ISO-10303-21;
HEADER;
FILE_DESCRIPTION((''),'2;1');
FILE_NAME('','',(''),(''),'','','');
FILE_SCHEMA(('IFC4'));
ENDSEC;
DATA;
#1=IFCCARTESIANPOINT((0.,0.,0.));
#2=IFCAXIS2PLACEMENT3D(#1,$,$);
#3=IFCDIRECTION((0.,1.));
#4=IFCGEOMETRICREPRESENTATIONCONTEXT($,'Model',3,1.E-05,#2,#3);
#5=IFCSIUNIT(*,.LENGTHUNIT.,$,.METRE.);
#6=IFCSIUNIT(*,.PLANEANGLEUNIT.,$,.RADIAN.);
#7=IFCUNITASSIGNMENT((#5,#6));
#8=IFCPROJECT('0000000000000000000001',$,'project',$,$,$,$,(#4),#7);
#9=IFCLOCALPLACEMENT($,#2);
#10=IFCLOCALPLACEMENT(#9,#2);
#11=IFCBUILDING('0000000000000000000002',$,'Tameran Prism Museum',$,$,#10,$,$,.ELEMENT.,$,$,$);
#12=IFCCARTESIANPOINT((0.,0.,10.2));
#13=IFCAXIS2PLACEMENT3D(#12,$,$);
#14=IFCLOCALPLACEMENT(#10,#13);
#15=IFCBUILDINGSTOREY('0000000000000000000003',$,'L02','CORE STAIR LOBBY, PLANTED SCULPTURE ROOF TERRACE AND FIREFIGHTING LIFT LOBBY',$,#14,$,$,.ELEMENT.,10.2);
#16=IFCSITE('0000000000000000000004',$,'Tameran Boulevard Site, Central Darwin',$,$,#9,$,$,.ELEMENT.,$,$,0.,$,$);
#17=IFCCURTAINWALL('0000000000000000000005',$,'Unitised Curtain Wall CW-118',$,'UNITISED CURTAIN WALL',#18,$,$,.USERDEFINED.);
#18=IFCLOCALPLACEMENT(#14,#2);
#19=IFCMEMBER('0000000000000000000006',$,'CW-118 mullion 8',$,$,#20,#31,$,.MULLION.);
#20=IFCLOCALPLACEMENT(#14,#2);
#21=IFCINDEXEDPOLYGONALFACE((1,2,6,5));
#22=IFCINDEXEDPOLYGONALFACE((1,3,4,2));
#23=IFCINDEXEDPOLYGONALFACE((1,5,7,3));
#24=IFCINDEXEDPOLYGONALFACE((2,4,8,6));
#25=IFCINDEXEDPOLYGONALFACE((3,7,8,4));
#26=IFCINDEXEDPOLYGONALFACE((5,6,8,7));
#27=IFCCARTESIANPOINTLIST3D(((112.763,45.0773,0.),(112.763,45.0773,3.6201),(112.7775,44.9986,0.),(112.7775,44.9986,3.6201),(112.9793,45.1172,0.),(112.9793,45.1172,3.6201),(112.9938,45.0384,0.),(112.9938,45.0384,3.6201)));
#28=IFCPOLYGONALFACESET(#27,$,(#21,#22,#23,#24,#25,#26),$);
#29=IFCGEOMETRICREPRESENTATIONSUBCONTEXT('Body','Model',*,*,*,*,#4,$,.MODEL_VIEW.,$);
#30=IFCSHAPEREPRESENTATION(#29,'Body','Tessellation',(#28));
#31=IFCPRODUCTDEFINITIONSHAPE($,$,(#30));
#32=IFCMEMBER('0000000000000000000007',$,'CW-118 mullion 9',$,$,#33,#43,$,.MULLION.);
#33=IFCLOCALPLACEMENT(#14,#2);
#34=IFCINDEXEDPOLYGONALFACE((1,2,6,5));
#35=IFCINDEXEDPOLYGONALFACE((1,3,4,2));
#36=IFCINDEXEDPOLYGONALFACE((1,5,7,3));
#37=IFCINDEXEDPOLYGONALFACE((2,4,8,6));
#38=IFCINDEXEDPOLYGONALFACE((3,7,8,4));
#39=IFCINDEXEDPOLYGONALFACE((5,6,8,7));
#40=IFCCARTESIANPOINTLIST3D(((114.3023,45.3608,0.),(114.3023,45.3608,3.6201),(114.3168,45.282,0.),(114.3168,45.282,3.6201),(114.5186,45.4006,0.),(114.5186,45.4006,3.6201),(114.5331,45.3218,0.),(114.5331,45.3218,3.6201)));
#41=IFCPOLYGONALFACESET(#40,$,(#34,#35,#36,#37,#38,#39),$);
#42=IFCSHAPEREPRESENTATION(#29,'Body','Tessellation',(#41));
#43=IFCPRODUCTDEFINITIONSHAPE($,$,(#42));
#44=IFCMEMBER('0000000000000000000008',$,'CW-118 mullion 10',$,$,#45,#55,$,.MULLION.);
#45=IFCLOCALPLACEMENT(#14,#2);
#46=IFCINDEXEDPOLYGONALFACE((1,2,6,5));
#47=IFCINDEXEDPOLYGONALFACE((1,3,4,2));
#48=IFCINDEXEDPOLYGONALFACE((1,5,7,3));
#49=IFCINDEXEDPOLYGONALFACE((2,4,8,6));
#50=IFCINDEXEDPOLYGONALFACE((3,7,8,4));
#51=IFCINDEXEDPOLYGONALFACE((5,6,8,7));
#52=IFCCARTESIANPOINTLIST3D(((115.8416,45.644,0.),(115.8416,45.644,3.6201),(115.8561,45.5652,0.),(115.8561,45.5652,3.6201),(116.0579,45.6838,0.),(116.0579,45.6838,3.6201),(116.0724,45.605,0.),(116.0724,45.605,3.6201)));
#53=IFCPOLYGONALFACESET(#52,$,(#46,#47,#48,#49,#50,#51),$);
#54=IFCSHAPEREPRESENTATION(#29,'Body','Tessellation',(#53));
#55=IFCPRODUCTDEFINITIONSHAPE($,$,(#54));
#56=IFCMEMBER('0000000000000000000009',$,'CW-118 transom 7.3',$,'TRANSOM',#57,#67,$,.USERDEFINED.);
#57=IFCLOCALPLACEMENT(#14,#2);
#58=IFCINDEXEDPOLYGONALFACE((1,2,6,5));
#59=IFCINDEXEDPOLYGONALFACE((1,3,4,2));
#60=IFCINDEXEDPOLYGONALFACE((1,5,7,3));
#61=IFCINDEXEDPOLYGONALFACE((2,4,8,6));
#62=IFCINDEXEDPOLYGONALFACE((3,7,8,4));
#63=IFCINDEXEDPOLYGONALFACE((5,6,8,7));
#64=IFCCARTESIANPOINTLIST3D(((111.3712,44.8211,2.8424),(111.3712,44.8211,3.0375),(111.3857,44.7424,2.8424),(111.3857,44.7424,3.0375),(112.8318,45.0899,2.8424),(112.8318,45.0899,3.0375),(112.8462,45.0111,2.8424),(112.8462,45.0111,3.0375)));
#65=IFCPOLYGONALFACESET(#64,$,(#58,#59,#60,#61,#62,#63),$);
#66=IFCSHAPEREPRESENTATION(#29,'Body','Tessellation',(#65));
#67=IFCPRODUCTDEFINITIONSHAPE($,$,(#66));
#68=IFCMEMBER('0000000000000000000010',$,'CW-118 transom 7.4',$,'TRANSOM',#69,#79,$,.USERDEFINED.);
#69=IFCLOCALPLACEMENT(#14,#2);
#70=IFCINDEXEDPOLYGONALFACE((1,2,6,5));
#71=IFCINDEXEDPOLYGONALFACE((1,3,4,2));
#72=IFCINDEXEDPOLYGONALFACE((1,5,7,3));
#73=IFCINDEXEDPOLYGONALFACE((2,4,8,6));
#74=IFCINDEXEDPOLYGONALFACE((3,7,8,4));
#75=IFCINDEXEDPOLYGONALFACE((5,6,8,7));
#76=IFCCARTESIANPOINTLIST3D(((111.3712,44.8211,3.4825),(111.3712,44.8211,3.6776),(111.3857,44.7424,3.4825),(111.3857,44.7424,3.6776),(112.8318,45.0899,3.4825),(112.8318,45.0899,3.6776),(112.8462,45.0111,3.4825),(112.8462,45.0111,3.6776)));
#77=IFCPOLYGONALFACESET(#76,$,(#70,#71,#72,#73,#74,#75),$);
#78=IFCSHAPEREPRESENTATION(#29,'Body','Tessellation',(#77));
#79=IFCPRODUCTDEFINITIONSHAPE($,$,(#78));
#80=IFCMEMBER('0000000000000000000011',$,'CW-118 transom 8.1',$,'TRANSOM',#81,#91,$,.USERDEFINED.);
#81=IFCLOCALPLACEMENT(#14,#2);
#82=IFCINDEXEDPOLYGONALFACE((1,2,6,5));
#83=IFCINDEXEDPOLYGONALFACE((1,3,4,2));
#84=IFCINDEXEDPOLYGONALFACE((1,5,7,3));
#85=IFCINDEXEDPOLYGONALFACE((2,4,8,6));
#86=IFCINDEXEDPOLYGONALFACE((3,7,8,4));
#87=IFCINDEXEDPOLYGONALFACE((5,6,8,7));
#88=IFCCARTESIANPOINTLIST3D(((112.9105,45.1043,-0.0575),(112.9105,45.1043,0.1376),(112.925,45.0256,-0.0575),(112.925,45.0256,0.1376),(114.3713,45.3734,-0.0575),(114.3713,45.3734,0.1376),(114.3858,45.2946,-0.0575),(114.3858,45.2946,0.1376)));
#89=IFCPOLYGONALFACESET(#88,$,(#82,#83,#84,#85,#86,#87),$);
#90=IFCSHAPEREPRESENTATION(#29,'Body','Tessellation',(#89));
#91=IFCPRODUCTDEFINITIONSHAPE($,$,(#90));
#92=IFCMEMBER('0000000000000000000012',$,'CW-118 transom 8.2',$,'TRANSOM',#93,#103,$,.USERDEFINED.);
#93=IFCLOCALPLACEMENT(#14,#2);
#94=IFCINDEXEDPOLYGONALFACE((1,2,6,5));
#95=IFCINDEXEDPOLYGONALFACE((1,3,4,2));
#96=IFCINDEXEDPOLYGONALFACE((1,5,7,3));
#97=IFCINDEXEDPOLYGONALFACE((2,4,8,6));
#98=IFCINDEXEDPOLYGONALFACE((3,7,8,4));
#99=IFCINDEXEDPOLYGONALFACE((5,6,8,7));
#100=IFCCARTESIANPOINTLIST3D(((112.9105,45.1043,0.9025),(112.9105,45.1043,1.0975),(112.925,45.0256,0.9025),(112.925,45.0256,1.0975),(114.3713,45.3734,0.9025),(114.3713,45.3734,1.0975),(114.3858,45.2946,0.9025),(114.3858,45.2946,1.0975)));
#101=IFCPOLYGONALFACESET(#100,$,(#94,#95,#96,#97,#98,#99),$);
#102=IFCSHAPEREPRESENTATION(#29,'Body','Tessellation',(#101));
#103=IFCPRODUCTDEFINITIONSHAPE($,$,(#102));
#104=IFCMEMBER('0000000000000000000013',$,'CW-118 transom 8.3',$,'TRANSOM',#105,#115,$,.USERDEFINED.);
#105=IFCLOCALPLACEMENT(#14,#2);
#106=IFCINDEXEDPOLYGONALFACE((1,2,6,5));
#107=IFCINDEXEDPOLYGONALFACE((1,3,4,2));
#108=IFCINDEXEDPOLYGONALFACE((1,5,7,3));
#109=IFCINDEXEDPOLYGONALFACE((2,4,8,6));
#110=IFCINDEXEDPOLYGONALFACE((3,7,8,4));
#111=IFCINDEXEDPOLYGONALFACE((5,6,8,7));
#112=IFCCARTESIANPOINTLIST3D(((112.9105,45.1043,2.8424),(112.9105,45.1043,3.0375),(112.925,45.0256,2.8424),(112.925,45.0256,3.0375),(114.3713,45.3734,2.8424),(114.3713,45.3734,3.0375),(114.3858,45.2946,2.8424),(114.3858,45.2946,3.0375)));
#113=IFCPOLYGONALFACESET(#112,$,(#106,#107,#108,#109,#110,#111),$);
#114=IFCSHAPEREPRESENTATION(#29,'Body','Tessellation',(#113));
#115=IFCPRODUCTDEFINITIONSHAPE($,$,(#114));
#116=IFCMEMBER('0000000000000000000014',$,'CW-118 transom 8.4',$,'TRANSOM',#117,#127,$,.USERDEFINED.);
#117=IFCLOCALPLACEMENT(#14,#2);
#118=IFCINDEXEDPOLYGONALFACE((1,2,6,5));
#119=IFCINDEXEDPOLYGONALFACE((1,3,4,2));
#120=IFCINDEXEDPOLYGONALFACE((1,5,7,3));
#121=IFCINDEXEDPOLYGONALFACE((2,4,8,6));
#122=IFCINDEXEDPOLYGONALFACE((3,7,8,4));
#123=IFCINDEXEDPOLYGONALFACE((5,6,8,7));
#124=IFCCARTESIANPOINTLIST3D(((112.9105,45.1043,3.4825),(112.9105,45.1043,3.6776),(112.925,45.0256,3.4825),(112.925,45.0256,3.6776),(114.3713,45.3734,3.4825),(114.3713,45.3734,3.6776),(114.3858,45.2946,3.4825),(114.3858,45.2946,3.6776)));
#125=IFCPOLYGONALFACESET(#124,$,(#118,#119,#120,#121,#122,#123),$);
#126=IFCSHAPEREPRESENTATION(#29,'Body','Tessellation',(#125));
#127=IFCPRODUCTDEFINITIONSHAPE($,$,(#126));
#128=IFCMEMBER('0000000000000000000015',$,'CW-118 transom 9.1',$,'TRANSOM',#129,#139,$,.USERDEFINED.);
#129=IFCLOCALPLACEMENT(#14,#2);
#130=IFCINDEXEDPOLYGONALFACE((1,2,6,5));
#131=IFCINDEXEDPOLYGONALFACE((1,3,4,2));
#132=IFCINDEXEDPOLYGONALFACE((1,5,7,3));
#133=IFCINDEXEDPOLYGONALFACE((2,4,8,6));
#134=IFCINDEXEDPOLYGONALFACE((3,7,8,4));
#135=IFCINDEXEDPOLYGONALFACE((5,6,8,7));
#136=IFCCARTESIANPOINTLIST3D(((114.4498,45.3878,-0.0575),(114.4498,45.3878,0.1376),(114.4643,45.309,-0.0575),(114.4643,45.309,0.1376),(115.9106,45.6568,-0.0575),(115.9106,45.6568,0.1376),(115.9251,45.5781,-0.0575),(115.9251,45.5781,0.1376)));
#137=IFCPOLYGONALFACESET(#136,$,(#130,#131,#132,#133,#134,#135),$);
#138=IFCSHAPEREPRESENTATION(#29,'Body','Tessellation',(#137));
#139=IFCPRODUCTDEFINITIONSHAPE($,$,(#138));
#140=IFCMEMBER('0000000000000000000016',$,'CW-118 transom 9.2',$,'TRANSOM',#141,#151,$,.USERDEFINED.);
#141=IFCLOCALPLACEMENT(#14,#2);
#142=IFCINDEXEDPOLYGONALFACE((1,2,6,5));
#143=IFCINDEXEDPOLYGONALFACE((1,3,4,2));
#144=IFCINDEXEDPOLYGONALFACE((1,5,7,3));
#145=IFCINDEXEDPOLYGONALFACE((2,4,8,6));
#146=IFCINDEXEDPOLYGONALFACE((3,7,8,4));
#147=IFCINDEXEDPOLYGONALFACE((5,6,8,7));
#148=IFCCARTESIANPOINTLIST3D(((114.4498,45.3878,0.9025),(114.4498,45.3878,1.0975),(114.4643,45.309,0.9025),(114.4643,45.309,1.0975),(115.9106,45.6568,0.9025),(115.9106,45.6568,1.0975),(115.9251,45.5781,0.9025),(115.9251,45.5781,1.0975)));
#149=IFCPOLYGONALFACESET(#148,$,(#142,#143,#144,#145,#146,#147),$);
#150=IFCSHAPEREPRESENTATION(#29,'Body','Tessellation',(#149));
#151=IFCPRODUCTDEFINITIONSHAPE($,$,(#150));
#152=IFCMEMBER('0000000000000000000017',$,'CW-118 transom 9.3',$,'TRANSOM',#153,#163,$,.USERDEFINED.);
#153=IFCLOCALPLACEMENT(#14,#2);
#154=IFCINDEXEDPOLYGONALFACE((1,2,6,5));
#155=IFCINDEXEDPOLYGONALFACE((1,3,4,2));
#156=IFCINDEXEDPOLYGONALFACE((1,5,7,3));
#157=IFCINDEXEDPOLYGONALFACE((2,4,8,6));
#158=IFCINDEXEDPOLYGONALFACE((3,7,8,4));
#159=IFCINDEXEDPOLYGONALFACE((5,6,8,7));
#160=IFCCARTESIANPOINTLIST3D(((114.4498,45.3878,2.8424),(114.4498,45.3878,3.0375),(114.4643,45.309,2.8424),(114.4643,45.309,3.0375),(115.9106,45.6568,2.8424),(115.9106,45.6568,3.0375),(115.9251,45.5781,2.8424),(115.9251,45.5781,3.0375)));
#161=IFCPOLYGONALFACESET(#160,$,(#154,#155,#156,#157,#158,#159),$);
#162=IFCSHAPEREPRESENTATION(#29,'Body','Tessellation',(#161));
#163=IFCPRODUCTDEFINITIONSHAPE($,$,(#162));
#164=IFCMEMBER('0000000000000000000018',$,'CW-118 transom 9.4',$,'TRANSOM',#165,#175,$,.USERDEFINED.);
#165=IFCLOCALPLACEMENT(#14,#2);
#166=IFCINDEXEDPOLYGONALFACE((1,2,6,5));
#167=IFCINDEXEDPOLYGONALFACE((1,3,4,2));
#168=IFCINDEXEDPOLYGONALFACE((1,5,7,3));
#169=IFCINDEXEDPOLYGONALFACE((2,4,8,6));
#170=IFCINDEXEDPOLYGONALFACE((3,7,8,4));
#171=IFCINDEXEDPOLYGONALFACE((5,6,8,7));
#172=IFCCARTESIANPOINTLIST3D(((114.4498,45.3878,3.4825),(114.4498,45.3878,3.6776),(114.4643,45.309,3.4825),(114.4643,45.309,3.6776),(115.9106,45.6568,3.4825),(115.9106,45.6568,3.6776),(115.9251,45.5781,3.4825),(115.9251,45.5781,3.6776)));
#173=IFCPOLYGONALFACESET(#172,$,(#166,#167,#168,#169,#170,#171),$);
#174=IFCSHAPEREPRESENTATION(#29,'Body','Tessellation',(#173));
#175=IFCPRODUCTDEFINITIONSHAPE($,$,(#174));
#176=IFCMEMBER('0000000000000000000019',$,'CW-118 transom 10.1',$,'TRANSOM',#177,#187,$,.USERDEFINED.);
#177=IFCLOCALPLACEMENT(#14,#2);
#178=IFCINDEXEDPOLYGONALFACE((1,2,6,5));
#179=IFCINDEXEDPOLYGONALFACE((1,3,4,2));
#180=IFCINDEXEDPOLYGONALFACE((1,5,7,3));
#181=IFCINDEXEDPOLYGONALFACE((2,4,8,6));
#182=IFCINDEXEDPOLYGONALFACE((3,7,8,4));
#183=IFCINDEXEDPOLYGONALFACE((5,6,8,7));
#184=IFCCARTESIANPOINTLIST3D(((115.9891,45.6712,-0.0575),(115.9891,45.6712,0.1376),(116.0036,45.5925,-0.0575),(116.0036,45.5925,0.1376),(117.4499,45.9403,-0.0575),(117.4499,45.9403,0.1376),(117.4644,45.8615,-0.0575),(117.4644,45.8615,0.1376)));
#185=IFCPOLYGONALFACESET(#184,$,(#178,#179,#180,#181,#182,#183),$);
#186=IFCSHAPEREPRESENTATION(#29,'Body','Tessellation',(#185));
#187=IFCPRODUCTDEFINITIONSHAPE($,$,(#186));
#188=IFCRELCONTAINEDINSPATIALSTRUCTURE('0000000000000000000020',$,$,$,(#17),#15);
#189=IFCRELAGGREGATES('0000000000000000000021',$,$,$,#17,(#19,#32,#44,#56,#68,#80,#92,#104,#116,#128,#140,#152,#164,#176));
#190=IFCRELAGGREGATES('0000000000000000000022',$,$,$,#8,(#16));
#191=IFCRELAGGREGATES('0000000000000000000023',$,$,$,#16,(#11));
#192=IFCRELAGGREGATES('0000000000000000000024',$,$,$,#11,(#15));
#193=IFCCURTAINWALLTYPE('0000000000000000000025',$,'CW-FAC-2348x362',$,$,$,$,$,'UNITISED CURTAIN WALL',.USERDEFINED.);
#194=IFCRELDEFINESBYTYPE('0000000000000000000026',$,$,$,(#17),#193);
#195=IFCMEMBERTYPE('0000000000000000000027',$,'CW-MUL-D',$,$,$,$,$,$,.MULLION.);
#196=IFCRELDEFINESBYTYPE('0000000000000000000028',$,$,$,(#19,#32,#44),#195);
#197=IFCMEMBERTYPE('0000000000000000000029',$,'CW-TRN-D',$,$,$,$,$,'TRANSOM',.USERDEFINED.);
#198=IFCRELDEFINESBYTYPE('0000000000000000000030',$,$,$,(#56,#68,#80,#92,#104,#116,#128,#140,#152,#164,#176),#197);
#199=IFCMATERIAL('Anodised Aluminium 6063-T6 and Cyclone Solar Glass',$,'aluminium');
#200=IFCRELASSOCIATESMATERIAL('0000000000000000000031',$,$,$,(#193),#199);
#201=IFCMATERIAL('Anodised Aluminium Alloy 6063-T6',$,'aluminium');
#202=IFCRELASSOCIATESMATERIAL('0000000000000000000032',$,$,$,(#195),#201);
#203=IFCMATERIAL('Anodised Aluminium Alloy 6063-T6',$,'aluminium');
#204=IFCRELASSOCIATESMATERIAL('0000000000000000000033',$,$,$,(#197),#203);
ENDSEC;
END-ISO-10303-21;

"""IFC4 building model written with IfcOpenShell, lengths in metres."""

from ifc_helpers import new_model, si_unit, direction, frame, origin, origin_2d, place, context, subcontext, project, spatial, rectangle, extrude, material, material_profile, profile_set, type_object, element, aggregate, save


model = new_model("IFC4")

# Units and contexts
model_context = context("Model", 3, precision=1e-05, world=origin(), true_north=direction((0.0, 1.0)))
body_context = subcontext(model_context, "Body", "Model", "MODEL_VIEW")
ifc_project = project(units=[si_unit("LENGTHUNIT", "METRE"), si_unit("PLANEANGLEUNIT", "RADIAN")], contexts=[model_context])

# Site, building, storey
site_placement = place(None, origin())
site = spatial("IfcSite", under=ifc_project, at=site_placement, Name="Tameran Boulevard Site, Central Darwin", CompositionType="ELEMENT", RefElevation=0.0)
building_placement = place(site_placement, origin())
building = spatial("IfcBuilding", under=site, at=building_placement, Name="Tameran Prism Museum", CompositionType="ELEMENT")
storey_placement = place(building_placement, frame((0.0, 0.0, 10.2)))
storey = spatial("IfcBuildingStorey", under=building, at=storey_placement, Name="L02", Description="CORE STAIR LOBBY, PLANTED SCULPTURE ROOF TERRACE AND FIREFIGHTING LIFT LOBBY", CompositionType="ELEMENT", Elevation=10.2)

# Curtain wall, members
ifc_material_1 = material(Name="Anodised Aluminium 6063-T6 and Cyclone Solar Glass", Category="aluminium")
curtain_wall_type = type_object("IfcCurtainWallType", Name="CW-FAC-2348x362", ElementType="UNITISED CURTAIN WALL", PredefinedType="USERDEFINED", material=ifc_material_1)
curtain_wall_placement = place(storey_placement, origin())
curtain_wall = element("IfcCurtainWall", 1, at=curtain_wall_placement, inside=storey, type_object=curtain_wall_type, Name="Unitised Curtain Wall CW-118", ObjectType="UNITISED CURTAIN WALL", PredefinedType="USERDEFINED")
ifc_material_2 = material(Name="Anodised Aluminium Alloy 6063-T6", Category="aluminium")
ifc_material_profile_1 = material_profile(ifc_material_2, rectangle(XDim=0.0801, YDim=0.22, at=origin_2d()))
ifc_profile_set_1 = profile_set([ifc_material_profile_1])
member_type_1 = type_object("IfcMemberType", Name="CW-MUL-D", PredefinedType="MULLION", material=ifc_profile_set_1)
member_1_placement = place(storey_placement, frame((112.8784, 45.0579, 0.0), z_axis=(0.0, 0.0, 1.0), x_axis=(-0.181063, 0.983472, 0.0)))
member_1 = element("IfcMember", 2, at=member_1_placement, type_object=member_type_1, Name="CW-118 mullion 8", PredefinedType="MULLION", context=body_context, shape_type="SweptSolid", body=[
    extrude(rectangle(XDim=0.0801, YDim=0.22, at=origin_2d()), origin(), (0.0, 0.0, 1.0), 3.6201),
])
member_2_placement = place(storey_placement, frame((114.4177, 45.3413, 0.0), z_axis=(0.0, 0.0, 1.0), x_axis=(-0.181063, 0.983472, 0.0)))
member_2 = element("IfcMember", 3, at=member_2_placement, type_object=member_type_1, Name="CW-118 mullion 9", PredefinedType="MULLION", context=body_context, shape_type="SweptSolid", body=[
    extrude(rectangle(XDim=0.0801, YDim=0.22, at=origin_2d()), origin(), (0.0, 0.0, 1.0), 3.6201),
])
member_3_placement = place(storey_placement, frame((115.957, 45.6245, 0.0), z_axis=(0.0, 0.0, 1.0), x_axis=(-0.181063, 0.983472, 0.0)))
member_3 = element("IfcMember", 4, at=member_3_placement, type_object=member_type_1, Name="CW-118 mullion 10", PredefinedType="MULLION", context=body_context, shape_type="SweptSolid", body=[
    extrude(rectangle(XDim=0.0801, YDim=0.22, at=origin_2d()), origin(), (0.0, 0.0, 1.0), 3.6201),
])
ifc_material_3 = material(Name="Anodised Aluminium Alloy 6063-T6", Category="aluminium")
ifc_material_profile_2 = material_profile(ifc_material_3, rectangle(XDim=0.0801, YDim=0.1951, at=origin_2d()))
ifc_profile_set_2 = profile_set([ifc_material_profile_2])
member_type_2 = type_object("IfcMemberType", Name="CW-TRN-D", ElementType="TRANSOM", PredefinedType="USERDEFINED", material=ifc_profile_set_2)
member_4_placement = place(storey_placement, frame((111.3784, 44.7817, 2.9399), z_axis=(0.983486, 0.180983, 0.0), x_axis=(-0.180983, 0.983486, 0.0)))
member_4 = element("IfcMember", 5, at=member_4_placement, type_object=member_type_2, Name="CW-118 transom 7.3", ObjectType="TRANSOM", PredefinedType="USERDEFINED", context=body_context, shape_type="SweptSolid", body=[
    extrude(rectangle(XDim=0.0801, YDim=0.1951, at=origin_2d()), origin(), (0.0, 0.0, 1.0), 1.4851),
])
member_5_placement = place(storey_placement, frame((111.3784, 44.7817, 3.5801), z_axis=(0.983486, 0.180983, 0.0), x_axis=(-0.180983, 0.983486, 0.0)))
member_5 = element("IfcMember", 6, at=member_5_placement, type_object=member_type_2, Name="CW-118 transom 7.4", ObjectType="TRANSOM", PredefinedType="USERDEFINED", context=body_context, shape_type="SweptSolid", body=[
    extrude(rectangle(XDim=0.0801, YDim=0.1951, at=origin_2d()), origin(), (0.0, 0.0, 1.0), 1.4851),
])
member_6_placement = place(storey_placement, frame((112.9177, 45.0649, 0.04), z_axis=(0.983457, 0.181142, 0.0), x_axis=(-0.181142, 0.983457, 0.0)))
member_6 = element("IfcMember", 7, at=member_6_placement, type_object=member_type_2, Name="CW-118 transom 8.1", ObjectType="TRANSOM", PredefinedType="USERDEFINED", context=body_context, shape_type="SweptSolid", body=[
    extrude(rectangle(XDim=0.0801, YDim=0.1951, at=origin_2d()), origin(), (0.0, 0.0, 1.0), 1.4854),
])
member_7_placement = place(storey_placement, frame((112.9177, 45.0649, 1.0), z_axis=(0.983457, 0.181142, 0.0), x_axis=(-0.181142, 0.983457, 0.0)))
member_7 = element("IfcMember", 8, at=member_7_placement, type_object=member_type_2, Name="CW-118 transom 8.2", ObjectType="TRANSOM", PredefinedType="USERDEFINED", context=body_context, shape_type="SweptSolid", body=[
    extrude(rectangle(XDim=0.0801, YDim=0.1951, at=origin_2d()), origin(), (0.0, 0.0, 1.0), 1.4854),
])
member_8_placement = place(storey_placement, frame((112.9177, 45.0649, 2.9399), z_axis=(0.983457, 0.181142, 0.0), x_axis=(-0.181142, 0.983457, 0.0)))
member_8 = element("IfcMember", 9, at=member_8_placement, type_object=member_type_2, Name="CW-118 transom 8.3", ObjectType="TRANSOM", PredefinedType="USERDEFINED", context=body_context, shape_type="SweptSolid", body=[
    extrude(rectangle(XDim=0.0801, YDim=0.1951, at=origin_2d()), origin(), (0.0, 0.0, 1.0), 1.4854),
])
member_9_placement = place(storey_placement, frame((112.9177, 45.0649, 3.5801), z_axis=(0.983457, 0.181142, 0.0), x_axis=(-0.181142, 0.983457, 0.0)))
member_9 = element("IfcMember", 10, at=member_9_placement, type_object=member_type_2, Name="CW-118 transom 8.4", ObjectType="TRANSOM", PredefinedType="USERDEFINED", context=body_context, shape_type="SweptSolid", body=[
    extrude(rectangle(XDim=0.0801, YDim=0.1951, at=origin_2d()), origin(), (0.0, 0.0, 1.0), 1.4854),
])
member_10_placement = place(storey_placement, frame((114.457, 45.3484, 0.04), z_axis=(0.983457, 0.181142, 0.0), x_axis=(-0.181142, 0.983457, 0.0)))
member_10 = element("IfcMember", 11, at=member_10_placement, type_object=member_type_2, Name="CW-118 transom 9.1", ObjectType="TRANSOM", PredefinedType="USERDEFINED", context=body_context, shape_type="SweptSolid", body=[
    extrude(rectangle(XDim=0.0801, YDim=0.1951, at=origin_2d()), origin(), (0.0, 0.0, 1.0), 1.4854),
])
member_11_placement = place(storey_placement, frame((114.457, 45.3484, 1.0), z_axis=(0.983457, 0.181142, 0.0), x_axis=(-0.181142, 0.983457, 0.0)))
member_11 = element("IfcMember", 12, at=member_11_placement, type_object=member_type_2, Name="CW-118 transom 9.2", ObjectType="TRANSOM", PredefinedType="USERDEFINED", context=body_context, shape_type="SweptSolid", body=[
    extrude(rectangle(XDim=0.0801, YDim=0.1951, at=origin_2d()), origin(), (0.0, 0.0, 1.0), 1.4854),
])
member_12_placement = place(storey_placement, frame((114.457, 45.3484, 2.9399), z_axis=(0.983457, 0.181142, 0.0), x_axis=(-0.181142, 0.983457, 0.0)))
member_12 = element("IfcMember", 13, at=member_12_placement, type_object=member_type_2, Name="CW-118 transom 9.3", ObjectType="TRANSOM", PredefinedType="USERDEFINED", context=body_context, shape_type="SweptSolid", body=[
    extrude(rectangle(XDim=0.0801, YDim=0.1951, at=origin_2d()), origin(), (0.0, 0.0, 1.0), 1.4854),
])
member_13_placement = place(storey_placement, frame((114.457, 45.3484, 3.5801), z_axis=(0.983457, 0.181142, 0.0), x_axis=(-0.181142, 0.983457, 0.0)))
member_13 = element("IfcMember", 14, at=member_13_placement, type_object=member_type_2, Name="CW-118 transom 9.4", ObjectType="TRANSOM", PredefinedType="USERDEFINED", context=body_context, shape_type="SweptSolid", body=[
    extrude(rectangle(XDim=0.0801, YDim=0.1951, at=origin_2d()), origin(), (0.0, 0.0, 1.0), 1.4854),
])
member_14_placement = place(storey_placement, frame((115.9963, 45.6318, 0.04), z_axis=(0.983457, 0.181142, 0.0), x_axis=(-0.181142, 0.983457, 0.0)))
member_14 = element("IfcMember", 15, at=member_14_placement, type_object=member_type_2, Name="CW-118 transom 10.1", ObjectType="TRANSOM", PredefinedType="USERDEFINED", context=body_context, shape_type="SweptSolid", body=[
    extrude(rectangle(XDim=0.0801, YDim=0.1951, at=origin_2d()), origin(), (0.0, 0.0, 1.0), 1.4854),
])
aggregate(curtain_wall, [member_1, member_2, member_3, member_4, member_5, member_6, member_7, member_8, member_9, member_10, member_11, member_12, member_13, member_14])

save(model, "model.ifc")
